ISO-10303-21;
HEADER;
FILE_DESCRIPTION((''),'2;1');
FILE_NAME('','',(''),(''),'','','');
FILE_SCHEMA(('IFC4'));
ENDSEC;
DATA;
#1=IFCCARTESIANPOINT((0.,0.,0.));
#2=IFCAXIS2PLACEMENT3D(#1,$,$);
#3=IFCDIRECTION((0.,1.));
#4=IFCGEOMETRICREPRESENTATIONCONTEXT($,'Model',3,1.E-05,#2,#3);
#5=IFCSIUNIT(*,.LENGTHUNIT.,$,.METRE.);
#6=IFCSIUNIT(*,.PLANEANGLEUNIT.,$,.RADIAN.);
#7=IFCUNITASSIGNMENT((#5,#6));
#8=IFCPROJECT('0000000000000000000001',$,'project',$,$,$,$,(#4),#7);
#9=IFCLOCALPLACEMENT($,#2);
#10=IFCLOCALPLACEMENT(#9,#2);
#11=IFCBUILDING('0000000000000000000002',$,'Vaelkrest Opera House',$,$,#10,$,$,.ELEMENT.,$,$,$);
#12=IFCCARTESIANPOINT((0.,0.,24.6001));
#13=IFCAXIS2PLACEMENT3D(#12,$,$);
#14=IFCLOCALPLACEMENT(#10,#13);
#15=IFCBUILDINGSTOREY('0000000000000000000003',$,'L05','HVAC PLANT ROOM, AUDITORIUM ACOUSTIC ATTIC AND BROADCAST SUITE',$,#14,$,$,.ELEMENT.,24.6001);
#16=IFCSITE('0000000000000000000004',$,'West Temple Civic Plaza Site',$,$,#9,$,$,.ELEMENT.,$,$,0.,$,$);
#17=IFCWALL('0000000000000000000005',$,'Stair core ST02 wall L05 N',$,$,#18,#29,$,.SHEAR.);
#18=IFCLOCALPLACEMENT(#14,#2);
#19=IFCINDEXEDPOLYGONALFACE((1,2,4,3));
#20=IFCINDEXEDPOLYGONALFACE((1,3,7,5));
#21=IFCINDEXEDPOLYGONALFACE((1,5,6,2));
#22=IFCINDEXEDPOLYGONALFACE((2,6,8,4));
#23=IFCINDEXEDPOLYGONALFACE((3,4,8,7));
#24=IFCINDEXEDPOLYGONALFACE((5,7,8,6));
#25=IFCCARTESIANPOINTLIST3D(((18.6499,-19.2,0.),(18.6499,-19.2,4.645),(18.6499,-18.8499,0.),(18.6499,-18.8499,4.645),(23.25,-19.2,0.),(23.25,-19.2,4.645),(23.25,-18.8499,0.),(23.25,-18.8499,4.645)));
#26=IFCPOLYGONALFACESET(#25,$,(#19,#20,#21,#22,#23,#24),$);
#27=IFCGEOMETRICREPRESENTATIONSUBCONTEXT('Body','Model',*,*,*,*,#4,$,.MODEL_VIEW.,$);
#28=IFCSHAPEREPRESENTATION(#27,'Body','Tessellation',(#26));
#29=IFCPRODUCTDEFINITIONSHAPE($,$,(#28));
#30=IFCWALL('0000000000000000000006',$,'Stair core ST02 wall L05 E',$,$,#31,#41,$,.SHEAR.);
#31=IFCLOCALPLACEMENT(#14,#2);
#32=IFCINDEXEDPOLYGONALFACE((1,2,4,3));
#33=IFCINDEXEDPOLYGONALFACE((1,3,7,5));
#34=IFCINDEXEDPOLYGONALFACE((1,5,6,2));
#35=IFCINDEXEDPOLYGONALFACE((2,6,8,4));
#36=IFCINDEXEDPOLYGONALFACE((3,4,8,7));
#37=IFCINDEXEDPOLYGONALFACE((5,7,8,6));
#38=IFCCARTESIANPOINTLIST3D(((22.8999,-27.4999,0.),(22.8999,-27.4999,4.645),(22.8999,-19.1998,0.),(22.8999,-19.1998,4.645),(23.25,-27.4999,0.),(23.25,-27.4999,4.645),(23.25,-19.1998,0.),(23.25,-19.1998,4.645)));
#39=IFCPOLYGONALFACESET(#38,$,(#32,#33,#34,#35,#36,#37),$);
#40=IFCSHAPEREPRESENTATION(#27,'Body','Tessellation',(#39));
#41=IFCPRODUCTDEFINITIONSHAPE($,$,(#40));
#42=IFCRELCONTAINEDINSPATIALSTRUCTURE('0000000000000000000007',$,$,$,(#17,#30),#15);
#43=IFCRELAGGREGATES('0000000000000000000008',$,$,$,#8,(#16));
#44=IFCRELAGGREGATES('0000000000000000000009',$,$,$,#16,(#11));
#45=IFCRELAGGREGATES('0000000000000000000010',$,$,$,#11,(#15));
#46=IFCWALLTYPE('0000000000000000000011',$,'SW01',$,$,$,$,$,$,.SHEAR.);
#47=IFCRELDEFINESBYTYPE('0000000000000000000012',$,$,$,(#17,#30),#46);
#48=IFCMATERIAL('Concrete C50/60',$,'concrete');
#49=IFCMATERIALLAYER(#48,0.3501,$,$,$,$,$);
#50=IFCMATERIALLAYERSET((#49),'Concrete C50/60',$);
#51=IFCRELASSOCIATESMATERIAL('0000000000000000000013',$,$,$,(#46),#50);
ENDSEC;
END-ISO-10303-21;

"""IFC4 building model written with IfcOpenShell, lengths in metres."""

from ifc_helpers import new_model, si_unit, direction, frame, frame_2d, origin, place, context, subcontext, project, spatial, rectangle, extrude, material, layer, layer_set, type_object, element, save


model = new_model("IFC4")

# Units and contexts
model_context = context("Model", 3, precision=1e-05, world=origin(), true_north=direction((0.0, 1.0)))
body_context = subcontext(model_context, "Body", "Model", "MODEL_VIEW")
ifc_project = project(units=[si_unit("LENGTHUNIT", "METRE"), si_unit("PLANEANGLEUNIT", "RADIAN")], contexts=[model_context])

# Site, building, storey
site_placement = place(None, origin())
site = spatial("IfcSite", under=ifc_project, at=site_placement, Name="West Temple Civic Plaza Site", CompositionType="ELEMENT", RefElevation=0.0)
building_placement = place(site_placement, origin())
building = spatial("IfcBuilding", under=site, at=building_placement, Name="Vaelkrest Opera House", CompositionType="ELEMENT")
storey_placement = place(building_placement, frame((0.0, 0.0, 24.6001)))
storey = spatial("IfcBuildingStorey", under=building, at=storey_placement, Name="L05", Description="HVAC PLANT ROOM, AUDITORIUM ACOUSTIC ATTIC AND BROADCAST SUITE", CompositionType="ELEMENT", Elevation=24.6001)

# Shared definitions
ifc_material_1 = material(Name="Concrete C50/60", Category="concrete")

# Walls
ifc_layer_1 = layer(ifc_material_1, 0.3501)
ifc_layer_set_1 = layer_set([ifc_layer_1], Name="Concrete C50/60")
wall_type_1 = type_object("IfcWallType", Name="SW01", PredefinedType="SHEAR", material=ifc_layer_set_1)
wall_1_placement = place(storey_placement, frame((18.6499, -19.0249, 0.0), z_axis=(0.0, 0.0, 1.0), x_axis=(1.0, 0.0, 0.0)))
element("IfcWall", 1, at=wall_1_placement, inside=storey, type_object=wall_type_1, Name="Stair core ST02 wall L05 N", PredefinedType="SHEAR", context=body_context, shape_type="SweptSolid", body=[
    extrude(rectangle(XDim=4.6001, YDim=0.3501, at=frame_2d((2.3, 0.0))), origin(), (0.0, 0.0, 1.0), 4.645),
])
wall_2_placement = place(storey_placement, frame((23.075, -19.2, 0.0), z_axis=(0.0, 0.0, 1.0), x_axis=(0.0, -1.0, 0.0)))
element("IfcWall", 2, at=wall_2_placement, inside=storey, type_object=wall_type_1, Name="Stair core ST02 wall L05 E", PredefinedType="SHEAR", context=body_context, shape_type="SweptSolid", body=[
    extrude(rectangle(XDim=8.3, YDim=0.3501, at=frame_2d((4.1499, 0.0))), origin(), (0.0, 0.0, 1.0), 4.645),
])

save(model, "model.ifc")
